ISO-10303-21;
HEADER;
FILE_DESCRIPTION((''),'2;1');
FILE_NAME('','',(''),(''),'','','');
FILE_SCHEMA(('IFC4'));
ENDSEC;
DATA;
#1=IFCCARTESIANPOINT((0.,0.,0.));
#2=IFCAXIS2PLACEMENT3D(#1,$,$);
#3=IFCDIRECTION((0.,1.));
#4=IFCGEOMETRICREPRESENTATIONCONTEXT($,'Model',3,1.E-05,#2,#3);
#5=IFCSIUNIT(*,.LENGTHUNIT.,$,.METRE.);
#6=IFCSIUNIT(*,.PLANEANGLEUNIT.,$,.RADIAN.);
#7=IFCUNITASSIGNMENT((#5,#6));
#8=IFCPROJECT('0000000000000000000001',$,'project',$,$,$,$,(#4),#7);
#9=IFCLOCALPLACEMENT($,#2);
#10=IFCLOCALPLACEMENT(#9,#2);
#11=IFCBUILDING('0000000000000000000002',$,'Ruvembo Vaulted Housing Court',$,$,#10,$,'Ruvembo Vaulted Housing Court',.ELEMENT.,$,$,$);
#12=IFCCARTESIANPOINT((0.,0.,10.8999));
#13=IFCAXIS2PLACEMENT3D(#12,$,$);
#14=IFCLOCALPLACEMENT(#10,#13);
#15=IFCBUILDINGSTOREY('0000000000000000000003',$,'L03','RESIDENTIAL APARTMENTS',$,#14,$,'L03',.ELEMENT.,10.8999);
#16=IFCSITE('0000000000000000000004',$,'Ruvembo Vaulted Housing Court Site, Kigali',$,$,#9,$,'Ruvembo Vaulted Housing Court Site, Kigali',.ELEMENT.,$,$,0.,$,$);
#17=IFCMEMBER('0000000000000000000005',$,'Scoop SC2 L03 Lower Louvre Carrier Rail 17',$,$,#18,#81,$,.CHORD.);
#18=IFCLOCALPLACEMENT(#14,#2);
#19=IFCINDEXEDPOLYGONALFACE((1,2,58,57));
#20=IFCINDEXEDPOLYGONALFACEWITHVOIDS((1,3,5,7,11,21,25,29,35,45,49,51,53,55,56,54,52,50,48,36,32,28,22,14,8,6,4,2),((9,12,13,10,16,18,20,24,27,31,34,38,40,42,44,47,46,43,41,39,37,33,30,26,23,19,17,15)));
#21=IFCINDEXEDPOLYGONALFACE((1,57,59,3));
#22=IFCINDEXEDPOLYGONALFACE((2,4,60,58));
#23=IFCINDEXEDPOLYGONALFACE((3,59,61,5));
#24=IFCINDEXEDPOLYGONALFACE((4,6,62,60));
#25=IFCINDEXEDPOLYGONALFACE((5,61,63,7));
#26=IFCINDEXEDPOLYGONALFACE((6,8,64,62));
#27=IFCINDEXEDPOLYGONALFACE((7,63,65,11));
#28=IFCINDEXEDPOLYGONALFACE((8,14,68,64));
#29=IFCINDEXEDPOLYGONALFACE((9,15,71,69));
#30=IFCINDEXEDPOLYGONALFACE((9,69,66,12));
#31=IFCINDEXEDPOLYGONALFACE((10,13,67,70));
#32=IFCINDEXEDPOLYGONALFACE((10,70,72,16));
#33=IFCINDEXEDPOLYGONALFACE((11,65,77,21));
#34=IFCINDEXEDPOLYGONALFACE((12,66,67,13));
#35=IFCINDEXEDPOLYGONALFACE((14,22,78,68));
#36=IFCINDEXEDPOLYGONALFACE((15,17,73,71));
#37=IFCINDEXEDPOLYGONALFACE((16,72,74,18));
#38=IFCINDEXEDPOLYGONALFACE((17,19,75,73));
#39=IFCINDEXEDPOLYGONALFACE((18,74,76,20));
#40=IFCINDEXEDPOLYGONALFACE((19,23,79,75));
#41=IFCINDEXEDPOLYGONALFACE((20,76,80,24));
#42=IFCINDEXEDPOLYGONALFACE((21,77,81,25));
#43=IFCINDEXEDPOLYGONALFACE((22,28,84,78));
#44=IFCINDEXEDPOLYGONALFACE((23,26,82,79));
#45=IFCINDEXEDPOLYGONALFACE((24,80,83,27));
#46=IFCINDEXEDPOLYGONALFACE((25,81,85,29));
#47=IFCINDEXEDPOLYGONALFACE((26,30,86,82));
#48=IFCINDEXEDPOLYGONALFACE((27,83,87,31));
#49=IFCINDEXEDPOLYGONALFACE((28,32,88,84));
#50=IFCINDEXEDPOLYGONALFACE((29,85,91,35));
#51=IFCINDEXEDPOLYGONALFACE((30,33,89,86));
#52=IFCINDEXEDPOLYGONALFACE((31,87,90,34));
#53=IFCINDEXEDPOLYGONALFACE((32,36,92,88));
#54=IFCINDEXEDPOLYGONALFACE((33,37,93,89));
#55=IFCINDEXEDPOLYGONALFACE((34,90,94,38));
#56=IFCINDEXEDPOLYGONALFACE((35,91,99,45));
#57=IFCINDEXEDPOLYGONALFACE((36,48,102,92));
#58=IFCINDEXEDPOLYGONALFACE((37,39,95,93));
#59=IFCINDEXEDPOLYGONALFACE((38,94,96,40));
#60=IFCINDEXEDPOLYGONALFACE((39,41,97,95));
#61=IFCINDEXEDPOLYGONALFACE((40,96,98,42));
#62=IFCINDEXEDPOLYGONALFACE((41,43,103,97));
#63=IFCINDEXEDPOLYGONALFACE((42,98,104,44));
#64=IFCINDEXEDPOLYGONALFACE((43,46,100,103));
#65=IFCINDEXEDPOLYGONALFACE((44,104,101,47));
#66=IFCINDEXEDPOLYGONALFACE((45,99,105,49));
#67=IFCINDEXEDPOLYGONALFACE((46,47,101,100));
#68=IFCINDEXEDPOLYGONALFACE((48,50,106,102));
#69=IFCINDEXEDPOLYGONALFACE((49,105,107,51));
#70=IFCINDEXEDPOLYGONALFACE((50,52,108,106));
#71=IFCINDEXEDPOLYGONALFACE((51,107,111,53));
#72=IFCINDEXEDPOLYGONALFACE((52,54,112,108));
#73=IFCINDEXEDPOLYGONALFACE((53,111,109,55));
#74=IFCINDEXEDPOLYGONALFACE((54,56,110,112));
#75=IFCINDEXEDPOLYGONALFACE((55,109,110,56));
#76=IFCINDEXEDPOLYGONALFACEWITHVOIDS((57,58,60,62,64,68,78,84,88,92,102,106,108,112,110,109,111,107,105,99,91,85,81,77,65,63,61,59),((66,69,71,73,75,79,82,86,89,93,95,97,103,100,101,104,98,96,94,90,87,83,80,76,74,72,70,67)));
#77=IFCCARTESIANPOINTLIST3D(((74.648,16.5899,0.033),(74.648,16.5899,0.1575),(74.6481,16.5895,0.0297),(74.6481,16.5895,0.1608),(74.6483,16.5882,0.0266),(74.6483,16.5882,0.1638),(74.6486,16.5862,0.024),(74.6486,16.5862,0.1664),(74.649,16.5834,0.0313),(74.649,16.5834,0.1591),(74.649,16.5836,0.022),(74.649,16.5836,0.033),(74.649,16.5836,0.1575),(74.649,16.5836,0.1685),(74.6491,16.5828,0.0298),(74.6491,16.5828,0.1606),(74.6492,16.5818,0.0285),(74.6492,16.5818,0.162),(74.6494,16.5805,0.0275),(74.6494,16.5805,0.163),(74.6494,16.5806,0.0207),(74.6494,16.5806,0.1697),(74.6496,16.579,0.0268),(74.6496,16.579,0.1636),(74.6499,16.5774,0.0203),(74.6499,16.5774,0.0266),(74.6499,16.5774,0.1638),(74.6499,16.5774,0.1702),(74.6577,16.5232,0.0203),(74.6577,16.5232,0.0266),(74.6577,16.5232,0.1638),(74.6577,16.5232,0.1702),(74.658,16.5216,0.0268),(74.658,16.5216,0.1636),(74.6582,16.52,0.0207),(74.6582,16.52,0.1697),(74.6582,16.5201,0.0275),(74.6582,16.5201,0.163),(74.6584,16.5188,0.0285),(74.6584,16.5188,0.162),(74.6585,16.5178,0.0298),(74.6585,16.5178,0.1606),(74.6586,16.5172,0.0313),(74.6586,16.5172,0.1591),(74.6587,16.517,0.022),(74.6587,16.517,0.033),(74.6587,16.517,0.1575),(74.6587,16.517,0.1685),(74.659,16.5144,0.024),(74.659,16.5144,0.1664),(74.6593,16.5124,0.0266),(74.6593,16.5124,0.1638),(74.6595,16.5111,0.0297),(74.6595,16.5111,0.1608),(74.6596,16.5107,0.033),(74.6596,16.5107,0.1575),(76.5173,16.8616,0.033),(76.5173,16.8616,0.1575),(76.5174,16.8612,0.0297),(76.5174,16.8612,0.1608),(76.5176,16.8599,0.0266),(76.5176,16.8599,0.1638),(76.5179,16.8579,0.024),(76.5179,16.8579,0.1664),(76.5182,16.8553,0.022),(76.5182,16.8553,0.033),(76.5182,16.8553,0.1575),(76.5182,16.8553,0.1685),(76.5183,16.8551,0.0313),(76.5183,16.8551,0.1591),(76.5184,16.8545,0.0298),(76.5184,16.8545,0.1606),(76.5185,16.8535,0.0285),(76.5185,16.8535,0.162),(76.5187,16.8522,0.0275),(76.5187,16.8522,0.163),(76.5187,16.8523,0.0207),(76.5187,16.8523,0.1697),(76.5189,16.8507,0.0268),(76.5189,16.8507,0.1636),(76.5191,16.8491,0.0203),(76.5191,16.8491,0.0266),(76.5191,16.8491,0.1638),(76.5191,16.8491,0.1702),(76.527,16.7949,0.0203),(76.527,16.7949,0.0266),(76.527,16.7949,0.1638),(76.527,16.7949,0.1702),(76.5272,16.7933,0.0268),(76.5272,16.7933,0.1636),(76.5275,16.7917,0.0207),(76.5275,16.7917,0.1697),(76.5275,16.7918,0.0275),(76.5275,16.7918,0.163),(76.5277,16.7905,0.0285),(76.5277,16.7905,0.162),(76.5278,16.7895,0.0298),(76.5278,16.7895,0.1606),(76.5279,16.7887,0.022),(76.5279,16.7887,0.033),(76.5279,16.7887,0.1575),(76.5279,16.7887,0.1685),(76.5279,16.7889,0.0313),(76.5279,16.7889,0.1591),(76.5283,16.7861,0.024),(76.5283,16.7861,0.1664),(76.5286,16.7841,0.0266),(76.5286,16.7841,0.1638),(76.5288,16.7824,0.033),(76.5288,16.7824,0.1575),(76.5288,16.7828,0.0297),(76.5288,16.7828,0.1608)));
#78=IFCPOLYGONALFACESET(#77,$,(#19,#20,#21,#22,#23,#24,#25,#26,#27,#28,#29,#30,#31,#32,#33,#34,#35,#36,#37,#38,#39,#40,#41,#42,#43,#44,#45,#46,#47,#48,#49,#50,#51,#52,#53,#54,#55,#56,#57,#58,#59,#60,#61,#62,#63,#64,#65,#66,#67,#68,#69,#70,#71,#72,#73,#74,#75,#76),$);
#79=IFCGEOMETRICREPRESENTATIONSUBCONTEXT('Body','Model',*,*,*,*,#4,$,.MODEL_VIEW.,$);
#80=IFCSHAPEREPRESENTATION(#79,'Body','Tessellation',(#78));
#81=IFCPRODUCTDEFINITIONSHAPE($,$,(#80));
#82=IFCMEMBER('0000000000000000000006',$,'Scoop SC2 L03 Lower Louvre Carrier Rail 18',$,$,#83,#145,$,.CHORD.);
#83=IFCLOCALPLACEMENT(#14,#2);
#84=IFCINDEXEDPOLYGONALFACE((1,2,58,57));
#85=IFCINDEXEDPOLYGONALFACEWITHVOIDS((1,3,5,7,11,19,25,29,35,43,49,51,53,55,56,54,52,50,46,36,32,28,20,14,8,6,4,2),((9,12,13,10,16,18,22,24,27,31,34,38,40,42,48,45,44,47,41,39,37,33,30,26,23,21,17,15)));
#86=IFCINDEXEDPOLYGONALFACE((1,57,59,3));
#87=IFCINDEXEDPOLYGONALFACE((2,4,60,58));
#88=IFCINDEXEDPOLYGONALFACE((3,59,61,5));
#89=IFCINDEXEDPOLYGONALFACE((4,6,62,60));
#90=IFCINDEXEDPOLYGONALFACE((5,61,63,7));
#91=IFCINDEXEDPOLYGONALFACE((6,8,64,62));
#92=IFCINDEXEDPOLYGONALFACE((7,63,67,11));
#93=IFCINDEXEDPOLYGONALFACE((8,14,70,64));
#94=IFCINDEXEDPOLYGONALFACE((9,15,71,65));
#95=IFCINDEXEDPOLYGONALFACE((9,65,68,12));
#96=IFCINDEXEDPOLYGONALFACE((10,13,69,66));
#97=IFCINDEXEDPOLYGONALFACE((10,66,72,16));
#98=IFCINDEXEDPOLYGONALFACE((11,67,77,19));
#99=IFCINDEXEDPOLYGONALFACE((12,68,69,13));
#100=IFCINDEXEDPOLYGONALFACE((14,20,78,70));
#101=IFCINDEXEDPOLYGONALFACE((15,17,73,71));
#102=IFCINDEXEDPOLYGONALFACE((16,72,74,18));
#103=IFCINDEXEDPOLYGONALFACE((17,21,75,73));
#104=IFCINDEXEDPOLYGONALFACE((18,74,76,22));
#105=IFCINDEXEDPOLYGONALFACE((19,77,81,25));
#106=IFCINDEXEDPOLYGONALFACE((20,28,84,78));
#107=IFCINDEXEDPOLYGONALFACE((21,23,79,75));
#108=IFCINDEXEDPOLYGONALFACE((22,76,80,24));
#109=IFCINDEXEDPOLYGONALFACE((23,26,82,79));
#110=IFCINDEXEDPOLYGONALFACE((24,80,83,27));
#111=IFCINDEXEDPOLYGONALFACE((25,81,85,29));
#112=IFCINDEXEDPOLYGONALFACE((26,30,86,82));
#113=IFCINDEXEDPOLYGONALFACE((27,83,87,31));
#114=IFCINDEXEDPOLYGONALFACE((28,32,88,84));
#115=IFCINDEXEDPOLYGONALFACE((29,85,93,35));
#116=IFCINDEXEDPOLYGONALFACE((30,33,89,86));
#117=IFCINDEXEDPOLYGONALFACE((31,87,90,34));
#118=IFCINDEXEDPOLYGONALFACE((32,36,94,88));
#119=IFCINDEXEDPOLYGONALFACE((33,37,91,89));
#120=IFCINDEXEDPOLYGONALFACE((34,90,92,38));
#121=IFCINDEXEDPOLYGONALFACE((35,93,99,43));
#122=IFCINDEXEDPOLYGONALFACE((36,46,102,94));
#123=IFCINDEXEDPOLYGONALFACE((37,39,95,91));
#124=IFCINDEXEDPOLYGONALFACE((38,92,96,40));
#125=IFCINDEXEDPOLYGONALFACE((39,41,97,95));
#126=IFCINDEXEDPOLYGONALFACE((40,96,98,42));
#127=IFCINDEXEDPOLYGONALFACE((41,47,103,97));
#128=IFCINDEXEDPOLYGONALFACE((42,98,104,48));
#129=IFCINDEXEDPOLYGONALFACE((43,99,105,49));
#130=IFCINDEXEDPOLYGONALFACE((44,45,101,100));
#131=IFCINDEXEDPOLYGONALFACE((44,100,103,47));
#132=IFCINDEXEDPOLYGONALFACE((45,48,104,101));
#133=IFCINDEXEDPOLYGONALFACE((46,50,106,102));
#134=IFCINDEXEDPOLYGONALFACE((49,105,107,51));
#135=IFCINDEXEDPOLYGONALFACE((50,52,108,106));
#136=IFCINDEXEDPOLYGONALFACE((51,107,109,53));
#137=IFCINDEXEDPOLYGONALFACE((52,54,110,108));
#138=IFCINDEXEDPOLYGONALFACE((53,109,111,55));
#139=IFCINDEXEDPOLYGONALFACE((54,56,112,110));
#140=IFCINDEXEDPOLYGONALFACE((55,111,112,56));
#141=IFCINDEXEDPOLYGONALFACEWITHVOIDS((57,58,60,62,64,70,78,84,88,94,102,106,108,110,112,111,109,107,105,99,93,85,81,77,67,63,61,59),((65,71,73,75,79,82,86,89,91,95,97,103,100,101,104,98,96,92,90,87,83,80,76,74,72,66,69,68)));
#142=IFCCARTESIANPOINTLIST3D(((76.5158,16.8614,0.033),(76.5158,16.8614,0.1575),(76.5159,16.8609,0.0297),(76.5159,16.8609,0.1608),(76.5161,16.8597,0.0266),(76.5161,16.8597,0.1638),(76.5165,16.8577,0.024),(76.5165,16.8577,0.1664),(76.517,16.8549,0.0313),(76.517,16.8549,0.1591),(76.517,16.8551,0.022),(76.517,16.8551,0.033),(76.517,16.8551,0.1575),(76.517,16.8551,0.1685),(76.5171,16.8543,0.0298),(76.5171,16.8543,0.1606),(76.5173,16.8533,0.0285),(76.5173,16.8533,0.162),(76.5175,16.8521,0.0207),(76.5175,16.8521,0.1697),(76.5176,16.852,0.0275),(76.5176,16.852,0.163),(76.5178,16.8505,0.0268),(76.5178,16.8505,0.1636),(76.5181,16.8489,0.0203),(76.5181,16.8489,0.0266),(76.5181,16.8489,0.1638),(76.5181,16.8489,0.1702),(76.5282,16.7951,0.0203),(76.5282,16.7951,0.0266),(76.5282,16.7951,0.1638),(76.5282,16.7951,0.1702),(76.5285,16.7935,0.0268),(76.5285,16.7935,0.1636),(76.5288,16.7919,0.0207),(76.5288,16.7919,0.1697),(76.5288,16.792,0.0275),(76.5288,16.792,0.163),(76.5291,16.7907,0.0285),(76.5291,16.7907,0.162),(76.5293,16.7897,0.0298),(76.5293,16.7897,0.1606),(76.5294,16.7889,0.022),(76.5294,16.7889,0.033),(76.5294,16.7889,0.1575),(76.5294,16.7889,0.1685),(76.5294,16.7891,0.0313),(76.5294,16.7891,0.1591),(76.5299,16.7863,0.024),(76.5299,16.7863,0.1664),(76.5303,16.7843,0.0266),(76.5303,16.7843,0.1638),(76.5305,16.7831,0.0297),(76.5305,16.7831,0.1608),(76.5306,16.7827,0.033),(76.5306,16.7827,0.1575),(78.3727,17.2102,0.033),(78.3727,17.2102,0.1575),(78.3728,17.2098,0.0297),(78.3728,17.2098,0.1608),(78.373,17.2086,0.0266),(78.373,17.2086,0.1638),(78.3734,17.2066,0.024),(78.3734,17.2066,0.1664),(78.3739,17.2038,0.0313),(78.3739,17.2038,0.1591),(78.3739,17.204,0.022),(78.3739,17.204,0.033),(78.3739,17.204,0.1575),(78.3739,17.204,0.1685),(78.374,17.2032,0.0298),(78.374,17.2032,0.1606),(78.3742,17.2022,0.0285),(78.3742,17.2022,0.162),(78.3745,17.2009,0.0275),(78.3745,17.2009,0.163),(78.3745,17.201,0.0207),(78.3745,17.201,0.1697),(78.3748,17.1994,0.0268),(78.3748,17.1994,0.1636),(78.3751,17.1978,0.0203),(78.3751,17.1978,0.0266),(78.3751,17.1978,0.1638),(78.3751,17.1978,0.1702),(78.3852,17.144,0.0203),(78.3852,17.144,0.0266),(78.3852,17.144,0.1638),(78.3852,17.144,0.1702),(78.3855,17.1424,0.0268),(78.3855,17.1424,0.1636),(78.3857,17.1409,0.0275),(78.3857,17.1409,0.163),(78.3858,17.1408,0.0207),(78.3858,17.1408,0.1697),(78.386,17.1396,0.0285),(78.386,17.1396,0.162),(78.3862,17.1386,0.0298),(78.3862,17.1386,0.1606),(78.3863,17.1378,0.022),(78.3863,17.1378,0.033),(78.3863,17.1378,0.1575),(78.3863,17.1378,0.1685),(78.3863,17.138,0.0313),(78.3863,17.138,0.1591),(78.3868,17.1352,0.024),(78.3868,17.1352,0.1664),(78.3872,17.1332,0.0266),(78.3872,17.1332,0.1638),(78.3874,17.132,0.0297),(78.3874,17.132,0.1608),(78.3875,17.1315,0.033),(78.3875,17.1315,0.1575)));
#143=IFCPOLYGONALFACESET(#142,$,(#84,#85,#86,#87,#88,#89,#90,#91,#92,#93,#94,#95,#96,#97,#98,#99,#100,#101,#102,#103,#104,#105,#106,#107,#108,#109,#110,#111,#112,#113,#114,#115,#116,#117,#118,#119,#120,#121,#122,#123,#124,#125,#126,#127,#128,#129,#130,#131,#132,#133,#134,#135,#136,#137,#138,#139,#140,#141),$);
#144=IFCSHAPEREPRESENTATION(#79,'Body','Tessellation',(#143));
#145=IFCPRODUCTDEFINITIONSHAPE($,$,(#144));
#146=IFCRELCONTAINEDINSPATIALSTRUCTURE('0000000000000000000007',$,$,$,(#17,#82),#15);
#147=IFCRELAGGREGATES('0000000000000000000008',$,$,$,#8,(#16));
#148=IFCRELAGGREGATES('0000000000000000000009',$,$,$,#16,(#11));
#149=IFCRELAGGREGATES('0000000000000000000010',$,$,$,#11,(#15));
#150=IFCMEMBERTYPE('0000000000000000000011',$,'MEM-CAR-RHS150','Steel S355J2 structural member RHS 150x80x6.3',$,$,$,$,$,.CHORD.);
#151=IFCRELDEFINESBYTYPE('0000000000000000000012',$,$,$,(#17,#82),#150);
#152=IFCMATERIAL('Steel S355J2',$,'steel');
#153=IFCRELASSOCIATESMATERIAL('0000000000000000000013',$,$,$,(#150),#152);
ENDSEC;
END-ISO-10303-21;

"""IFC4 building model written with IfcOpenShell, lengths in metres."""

from ifc_helpers import new_model, si_unit, direction, frame, origin, origin_2d, place, context, subcontext, project, spatial, hollow_rectangle, extrude, material, material_profile, profile_set, type_object, element, save


model = new_model("IFC4")

# Units and contexts
model_context = context("Model", 3, precision=1e-05, world=origin(), true_north=direction((0.0, 1.0)))
body_context = subcontext(model_context, "Body", "Model", "MODEL_VIEW")
ifc_project = project(units=[si_unit("LENGTHUNIT", "METRE"), si_unit("PLANEANGLEUNIT", "RADIAN")], contexts=[model_context])

# Site, building, storey
site_placement = place(None, origin())
site = spatial("IfcSite", under=ifc_project, at=site_placement, Name="Ruvembo Vaulted Housing Court Site, Kigali", LongName="Ruvembo Vaulted Housing Court Site, Kigali", CompositionType="ELEMENT", RefElevation=0.0)
building_placement = place(site_placement, origin())
building = spatial("IfcBuilding", under=site, at=building_placement, Name="Ruvembo Vaulted Housing Court", LongName="Ruvembo Vaulted Housing Court", CompositionType="ELEMENT")
storey_placement = place(building_placement, frame((0.0, 0.0, 10.8999)))
storey = spatial("IfcBuildingStorey", under=building, at=storey_placement, Name="L03", Description="RESIDENTIAL APARTMENTS", LongName="L03", CompositionType="ELEMENT", Elevation=10.8999)

# Shared definitions
ifc_material_1 = material(Name="Steel S355J2", Category="steel")

# Members
ifc_material_profile_1 = material_profile(ifc_material_1, hollow_rectangle(XDim=0.0801, YDim=0.1499, WallThickness=0.0063, InnerFilletRadius=0.0063, OuterFilletRadius=0.0127, at=origin_2d()), Name="RHS 150x80x6.3")
ifc_profile_set_1 = profile_set([ifc_material_profile_1], Name="Steel S355J2")
member_type_1 = type_object("IfcMemberType", Name="MEM-CAR-RHS150", Description="Steel S355J2 structural member RHS 150x80x6.3", PredefinedType="CHORD", material=ifc_profile_set_1)
member_1_placement = place(storey_placement, frame((74.6538, 16.5503, 0.0952), z_axis=(0.9896, 0.143845, 0.0), x_axis=(-0.143845, 0.9896, 0.0)))
element("IfcMember", 1, at=member_1_placement, inside=storey, type_object=member_type_1, Name="Scoop SC2 L03 Lower Louvre Carrier Rail 17", PredefinedType="CHORD", context=body_context, shape_type="SweptSolid", body=[
    extrude(hollow_rectangle(XDim=0.0801, YDim=0.1499, WallThickness=0.0063, InnerFilletRadius=0.0063, OuterFilletRadius=0.0127, at=origin_2d()), origin(), (0.0, 0.0, 1.0), 1.8889),
])
member_2_placement = place(storey_placement, frame((76.5232, 16.822, 0.0952), z_axis=(0.982805, 0.184647, 0.0), x_axis=(-0.184647, 0.982805, 0.0)))
element("IfcMember", 2, at=member_2_placement, inside=storey, type_object=member_type_1, Name="Scoop SC2 L03 Lower Louvre Carrier Rail 18", PredefinedType="CHORD", context=body_context, shape_type="SweptSolid", body=[
    extrude(hollow_rectangle(XDim=0.0801, YDim=0.1499, WallThickness=0.0063, InnerFilletRadius=0.0063, OuterFilletRadius=0.0127, at=origin_2d()), origin(), (0.0, 0.0, 1.0), 1.8894),
])

save(model, "model.ifc")
